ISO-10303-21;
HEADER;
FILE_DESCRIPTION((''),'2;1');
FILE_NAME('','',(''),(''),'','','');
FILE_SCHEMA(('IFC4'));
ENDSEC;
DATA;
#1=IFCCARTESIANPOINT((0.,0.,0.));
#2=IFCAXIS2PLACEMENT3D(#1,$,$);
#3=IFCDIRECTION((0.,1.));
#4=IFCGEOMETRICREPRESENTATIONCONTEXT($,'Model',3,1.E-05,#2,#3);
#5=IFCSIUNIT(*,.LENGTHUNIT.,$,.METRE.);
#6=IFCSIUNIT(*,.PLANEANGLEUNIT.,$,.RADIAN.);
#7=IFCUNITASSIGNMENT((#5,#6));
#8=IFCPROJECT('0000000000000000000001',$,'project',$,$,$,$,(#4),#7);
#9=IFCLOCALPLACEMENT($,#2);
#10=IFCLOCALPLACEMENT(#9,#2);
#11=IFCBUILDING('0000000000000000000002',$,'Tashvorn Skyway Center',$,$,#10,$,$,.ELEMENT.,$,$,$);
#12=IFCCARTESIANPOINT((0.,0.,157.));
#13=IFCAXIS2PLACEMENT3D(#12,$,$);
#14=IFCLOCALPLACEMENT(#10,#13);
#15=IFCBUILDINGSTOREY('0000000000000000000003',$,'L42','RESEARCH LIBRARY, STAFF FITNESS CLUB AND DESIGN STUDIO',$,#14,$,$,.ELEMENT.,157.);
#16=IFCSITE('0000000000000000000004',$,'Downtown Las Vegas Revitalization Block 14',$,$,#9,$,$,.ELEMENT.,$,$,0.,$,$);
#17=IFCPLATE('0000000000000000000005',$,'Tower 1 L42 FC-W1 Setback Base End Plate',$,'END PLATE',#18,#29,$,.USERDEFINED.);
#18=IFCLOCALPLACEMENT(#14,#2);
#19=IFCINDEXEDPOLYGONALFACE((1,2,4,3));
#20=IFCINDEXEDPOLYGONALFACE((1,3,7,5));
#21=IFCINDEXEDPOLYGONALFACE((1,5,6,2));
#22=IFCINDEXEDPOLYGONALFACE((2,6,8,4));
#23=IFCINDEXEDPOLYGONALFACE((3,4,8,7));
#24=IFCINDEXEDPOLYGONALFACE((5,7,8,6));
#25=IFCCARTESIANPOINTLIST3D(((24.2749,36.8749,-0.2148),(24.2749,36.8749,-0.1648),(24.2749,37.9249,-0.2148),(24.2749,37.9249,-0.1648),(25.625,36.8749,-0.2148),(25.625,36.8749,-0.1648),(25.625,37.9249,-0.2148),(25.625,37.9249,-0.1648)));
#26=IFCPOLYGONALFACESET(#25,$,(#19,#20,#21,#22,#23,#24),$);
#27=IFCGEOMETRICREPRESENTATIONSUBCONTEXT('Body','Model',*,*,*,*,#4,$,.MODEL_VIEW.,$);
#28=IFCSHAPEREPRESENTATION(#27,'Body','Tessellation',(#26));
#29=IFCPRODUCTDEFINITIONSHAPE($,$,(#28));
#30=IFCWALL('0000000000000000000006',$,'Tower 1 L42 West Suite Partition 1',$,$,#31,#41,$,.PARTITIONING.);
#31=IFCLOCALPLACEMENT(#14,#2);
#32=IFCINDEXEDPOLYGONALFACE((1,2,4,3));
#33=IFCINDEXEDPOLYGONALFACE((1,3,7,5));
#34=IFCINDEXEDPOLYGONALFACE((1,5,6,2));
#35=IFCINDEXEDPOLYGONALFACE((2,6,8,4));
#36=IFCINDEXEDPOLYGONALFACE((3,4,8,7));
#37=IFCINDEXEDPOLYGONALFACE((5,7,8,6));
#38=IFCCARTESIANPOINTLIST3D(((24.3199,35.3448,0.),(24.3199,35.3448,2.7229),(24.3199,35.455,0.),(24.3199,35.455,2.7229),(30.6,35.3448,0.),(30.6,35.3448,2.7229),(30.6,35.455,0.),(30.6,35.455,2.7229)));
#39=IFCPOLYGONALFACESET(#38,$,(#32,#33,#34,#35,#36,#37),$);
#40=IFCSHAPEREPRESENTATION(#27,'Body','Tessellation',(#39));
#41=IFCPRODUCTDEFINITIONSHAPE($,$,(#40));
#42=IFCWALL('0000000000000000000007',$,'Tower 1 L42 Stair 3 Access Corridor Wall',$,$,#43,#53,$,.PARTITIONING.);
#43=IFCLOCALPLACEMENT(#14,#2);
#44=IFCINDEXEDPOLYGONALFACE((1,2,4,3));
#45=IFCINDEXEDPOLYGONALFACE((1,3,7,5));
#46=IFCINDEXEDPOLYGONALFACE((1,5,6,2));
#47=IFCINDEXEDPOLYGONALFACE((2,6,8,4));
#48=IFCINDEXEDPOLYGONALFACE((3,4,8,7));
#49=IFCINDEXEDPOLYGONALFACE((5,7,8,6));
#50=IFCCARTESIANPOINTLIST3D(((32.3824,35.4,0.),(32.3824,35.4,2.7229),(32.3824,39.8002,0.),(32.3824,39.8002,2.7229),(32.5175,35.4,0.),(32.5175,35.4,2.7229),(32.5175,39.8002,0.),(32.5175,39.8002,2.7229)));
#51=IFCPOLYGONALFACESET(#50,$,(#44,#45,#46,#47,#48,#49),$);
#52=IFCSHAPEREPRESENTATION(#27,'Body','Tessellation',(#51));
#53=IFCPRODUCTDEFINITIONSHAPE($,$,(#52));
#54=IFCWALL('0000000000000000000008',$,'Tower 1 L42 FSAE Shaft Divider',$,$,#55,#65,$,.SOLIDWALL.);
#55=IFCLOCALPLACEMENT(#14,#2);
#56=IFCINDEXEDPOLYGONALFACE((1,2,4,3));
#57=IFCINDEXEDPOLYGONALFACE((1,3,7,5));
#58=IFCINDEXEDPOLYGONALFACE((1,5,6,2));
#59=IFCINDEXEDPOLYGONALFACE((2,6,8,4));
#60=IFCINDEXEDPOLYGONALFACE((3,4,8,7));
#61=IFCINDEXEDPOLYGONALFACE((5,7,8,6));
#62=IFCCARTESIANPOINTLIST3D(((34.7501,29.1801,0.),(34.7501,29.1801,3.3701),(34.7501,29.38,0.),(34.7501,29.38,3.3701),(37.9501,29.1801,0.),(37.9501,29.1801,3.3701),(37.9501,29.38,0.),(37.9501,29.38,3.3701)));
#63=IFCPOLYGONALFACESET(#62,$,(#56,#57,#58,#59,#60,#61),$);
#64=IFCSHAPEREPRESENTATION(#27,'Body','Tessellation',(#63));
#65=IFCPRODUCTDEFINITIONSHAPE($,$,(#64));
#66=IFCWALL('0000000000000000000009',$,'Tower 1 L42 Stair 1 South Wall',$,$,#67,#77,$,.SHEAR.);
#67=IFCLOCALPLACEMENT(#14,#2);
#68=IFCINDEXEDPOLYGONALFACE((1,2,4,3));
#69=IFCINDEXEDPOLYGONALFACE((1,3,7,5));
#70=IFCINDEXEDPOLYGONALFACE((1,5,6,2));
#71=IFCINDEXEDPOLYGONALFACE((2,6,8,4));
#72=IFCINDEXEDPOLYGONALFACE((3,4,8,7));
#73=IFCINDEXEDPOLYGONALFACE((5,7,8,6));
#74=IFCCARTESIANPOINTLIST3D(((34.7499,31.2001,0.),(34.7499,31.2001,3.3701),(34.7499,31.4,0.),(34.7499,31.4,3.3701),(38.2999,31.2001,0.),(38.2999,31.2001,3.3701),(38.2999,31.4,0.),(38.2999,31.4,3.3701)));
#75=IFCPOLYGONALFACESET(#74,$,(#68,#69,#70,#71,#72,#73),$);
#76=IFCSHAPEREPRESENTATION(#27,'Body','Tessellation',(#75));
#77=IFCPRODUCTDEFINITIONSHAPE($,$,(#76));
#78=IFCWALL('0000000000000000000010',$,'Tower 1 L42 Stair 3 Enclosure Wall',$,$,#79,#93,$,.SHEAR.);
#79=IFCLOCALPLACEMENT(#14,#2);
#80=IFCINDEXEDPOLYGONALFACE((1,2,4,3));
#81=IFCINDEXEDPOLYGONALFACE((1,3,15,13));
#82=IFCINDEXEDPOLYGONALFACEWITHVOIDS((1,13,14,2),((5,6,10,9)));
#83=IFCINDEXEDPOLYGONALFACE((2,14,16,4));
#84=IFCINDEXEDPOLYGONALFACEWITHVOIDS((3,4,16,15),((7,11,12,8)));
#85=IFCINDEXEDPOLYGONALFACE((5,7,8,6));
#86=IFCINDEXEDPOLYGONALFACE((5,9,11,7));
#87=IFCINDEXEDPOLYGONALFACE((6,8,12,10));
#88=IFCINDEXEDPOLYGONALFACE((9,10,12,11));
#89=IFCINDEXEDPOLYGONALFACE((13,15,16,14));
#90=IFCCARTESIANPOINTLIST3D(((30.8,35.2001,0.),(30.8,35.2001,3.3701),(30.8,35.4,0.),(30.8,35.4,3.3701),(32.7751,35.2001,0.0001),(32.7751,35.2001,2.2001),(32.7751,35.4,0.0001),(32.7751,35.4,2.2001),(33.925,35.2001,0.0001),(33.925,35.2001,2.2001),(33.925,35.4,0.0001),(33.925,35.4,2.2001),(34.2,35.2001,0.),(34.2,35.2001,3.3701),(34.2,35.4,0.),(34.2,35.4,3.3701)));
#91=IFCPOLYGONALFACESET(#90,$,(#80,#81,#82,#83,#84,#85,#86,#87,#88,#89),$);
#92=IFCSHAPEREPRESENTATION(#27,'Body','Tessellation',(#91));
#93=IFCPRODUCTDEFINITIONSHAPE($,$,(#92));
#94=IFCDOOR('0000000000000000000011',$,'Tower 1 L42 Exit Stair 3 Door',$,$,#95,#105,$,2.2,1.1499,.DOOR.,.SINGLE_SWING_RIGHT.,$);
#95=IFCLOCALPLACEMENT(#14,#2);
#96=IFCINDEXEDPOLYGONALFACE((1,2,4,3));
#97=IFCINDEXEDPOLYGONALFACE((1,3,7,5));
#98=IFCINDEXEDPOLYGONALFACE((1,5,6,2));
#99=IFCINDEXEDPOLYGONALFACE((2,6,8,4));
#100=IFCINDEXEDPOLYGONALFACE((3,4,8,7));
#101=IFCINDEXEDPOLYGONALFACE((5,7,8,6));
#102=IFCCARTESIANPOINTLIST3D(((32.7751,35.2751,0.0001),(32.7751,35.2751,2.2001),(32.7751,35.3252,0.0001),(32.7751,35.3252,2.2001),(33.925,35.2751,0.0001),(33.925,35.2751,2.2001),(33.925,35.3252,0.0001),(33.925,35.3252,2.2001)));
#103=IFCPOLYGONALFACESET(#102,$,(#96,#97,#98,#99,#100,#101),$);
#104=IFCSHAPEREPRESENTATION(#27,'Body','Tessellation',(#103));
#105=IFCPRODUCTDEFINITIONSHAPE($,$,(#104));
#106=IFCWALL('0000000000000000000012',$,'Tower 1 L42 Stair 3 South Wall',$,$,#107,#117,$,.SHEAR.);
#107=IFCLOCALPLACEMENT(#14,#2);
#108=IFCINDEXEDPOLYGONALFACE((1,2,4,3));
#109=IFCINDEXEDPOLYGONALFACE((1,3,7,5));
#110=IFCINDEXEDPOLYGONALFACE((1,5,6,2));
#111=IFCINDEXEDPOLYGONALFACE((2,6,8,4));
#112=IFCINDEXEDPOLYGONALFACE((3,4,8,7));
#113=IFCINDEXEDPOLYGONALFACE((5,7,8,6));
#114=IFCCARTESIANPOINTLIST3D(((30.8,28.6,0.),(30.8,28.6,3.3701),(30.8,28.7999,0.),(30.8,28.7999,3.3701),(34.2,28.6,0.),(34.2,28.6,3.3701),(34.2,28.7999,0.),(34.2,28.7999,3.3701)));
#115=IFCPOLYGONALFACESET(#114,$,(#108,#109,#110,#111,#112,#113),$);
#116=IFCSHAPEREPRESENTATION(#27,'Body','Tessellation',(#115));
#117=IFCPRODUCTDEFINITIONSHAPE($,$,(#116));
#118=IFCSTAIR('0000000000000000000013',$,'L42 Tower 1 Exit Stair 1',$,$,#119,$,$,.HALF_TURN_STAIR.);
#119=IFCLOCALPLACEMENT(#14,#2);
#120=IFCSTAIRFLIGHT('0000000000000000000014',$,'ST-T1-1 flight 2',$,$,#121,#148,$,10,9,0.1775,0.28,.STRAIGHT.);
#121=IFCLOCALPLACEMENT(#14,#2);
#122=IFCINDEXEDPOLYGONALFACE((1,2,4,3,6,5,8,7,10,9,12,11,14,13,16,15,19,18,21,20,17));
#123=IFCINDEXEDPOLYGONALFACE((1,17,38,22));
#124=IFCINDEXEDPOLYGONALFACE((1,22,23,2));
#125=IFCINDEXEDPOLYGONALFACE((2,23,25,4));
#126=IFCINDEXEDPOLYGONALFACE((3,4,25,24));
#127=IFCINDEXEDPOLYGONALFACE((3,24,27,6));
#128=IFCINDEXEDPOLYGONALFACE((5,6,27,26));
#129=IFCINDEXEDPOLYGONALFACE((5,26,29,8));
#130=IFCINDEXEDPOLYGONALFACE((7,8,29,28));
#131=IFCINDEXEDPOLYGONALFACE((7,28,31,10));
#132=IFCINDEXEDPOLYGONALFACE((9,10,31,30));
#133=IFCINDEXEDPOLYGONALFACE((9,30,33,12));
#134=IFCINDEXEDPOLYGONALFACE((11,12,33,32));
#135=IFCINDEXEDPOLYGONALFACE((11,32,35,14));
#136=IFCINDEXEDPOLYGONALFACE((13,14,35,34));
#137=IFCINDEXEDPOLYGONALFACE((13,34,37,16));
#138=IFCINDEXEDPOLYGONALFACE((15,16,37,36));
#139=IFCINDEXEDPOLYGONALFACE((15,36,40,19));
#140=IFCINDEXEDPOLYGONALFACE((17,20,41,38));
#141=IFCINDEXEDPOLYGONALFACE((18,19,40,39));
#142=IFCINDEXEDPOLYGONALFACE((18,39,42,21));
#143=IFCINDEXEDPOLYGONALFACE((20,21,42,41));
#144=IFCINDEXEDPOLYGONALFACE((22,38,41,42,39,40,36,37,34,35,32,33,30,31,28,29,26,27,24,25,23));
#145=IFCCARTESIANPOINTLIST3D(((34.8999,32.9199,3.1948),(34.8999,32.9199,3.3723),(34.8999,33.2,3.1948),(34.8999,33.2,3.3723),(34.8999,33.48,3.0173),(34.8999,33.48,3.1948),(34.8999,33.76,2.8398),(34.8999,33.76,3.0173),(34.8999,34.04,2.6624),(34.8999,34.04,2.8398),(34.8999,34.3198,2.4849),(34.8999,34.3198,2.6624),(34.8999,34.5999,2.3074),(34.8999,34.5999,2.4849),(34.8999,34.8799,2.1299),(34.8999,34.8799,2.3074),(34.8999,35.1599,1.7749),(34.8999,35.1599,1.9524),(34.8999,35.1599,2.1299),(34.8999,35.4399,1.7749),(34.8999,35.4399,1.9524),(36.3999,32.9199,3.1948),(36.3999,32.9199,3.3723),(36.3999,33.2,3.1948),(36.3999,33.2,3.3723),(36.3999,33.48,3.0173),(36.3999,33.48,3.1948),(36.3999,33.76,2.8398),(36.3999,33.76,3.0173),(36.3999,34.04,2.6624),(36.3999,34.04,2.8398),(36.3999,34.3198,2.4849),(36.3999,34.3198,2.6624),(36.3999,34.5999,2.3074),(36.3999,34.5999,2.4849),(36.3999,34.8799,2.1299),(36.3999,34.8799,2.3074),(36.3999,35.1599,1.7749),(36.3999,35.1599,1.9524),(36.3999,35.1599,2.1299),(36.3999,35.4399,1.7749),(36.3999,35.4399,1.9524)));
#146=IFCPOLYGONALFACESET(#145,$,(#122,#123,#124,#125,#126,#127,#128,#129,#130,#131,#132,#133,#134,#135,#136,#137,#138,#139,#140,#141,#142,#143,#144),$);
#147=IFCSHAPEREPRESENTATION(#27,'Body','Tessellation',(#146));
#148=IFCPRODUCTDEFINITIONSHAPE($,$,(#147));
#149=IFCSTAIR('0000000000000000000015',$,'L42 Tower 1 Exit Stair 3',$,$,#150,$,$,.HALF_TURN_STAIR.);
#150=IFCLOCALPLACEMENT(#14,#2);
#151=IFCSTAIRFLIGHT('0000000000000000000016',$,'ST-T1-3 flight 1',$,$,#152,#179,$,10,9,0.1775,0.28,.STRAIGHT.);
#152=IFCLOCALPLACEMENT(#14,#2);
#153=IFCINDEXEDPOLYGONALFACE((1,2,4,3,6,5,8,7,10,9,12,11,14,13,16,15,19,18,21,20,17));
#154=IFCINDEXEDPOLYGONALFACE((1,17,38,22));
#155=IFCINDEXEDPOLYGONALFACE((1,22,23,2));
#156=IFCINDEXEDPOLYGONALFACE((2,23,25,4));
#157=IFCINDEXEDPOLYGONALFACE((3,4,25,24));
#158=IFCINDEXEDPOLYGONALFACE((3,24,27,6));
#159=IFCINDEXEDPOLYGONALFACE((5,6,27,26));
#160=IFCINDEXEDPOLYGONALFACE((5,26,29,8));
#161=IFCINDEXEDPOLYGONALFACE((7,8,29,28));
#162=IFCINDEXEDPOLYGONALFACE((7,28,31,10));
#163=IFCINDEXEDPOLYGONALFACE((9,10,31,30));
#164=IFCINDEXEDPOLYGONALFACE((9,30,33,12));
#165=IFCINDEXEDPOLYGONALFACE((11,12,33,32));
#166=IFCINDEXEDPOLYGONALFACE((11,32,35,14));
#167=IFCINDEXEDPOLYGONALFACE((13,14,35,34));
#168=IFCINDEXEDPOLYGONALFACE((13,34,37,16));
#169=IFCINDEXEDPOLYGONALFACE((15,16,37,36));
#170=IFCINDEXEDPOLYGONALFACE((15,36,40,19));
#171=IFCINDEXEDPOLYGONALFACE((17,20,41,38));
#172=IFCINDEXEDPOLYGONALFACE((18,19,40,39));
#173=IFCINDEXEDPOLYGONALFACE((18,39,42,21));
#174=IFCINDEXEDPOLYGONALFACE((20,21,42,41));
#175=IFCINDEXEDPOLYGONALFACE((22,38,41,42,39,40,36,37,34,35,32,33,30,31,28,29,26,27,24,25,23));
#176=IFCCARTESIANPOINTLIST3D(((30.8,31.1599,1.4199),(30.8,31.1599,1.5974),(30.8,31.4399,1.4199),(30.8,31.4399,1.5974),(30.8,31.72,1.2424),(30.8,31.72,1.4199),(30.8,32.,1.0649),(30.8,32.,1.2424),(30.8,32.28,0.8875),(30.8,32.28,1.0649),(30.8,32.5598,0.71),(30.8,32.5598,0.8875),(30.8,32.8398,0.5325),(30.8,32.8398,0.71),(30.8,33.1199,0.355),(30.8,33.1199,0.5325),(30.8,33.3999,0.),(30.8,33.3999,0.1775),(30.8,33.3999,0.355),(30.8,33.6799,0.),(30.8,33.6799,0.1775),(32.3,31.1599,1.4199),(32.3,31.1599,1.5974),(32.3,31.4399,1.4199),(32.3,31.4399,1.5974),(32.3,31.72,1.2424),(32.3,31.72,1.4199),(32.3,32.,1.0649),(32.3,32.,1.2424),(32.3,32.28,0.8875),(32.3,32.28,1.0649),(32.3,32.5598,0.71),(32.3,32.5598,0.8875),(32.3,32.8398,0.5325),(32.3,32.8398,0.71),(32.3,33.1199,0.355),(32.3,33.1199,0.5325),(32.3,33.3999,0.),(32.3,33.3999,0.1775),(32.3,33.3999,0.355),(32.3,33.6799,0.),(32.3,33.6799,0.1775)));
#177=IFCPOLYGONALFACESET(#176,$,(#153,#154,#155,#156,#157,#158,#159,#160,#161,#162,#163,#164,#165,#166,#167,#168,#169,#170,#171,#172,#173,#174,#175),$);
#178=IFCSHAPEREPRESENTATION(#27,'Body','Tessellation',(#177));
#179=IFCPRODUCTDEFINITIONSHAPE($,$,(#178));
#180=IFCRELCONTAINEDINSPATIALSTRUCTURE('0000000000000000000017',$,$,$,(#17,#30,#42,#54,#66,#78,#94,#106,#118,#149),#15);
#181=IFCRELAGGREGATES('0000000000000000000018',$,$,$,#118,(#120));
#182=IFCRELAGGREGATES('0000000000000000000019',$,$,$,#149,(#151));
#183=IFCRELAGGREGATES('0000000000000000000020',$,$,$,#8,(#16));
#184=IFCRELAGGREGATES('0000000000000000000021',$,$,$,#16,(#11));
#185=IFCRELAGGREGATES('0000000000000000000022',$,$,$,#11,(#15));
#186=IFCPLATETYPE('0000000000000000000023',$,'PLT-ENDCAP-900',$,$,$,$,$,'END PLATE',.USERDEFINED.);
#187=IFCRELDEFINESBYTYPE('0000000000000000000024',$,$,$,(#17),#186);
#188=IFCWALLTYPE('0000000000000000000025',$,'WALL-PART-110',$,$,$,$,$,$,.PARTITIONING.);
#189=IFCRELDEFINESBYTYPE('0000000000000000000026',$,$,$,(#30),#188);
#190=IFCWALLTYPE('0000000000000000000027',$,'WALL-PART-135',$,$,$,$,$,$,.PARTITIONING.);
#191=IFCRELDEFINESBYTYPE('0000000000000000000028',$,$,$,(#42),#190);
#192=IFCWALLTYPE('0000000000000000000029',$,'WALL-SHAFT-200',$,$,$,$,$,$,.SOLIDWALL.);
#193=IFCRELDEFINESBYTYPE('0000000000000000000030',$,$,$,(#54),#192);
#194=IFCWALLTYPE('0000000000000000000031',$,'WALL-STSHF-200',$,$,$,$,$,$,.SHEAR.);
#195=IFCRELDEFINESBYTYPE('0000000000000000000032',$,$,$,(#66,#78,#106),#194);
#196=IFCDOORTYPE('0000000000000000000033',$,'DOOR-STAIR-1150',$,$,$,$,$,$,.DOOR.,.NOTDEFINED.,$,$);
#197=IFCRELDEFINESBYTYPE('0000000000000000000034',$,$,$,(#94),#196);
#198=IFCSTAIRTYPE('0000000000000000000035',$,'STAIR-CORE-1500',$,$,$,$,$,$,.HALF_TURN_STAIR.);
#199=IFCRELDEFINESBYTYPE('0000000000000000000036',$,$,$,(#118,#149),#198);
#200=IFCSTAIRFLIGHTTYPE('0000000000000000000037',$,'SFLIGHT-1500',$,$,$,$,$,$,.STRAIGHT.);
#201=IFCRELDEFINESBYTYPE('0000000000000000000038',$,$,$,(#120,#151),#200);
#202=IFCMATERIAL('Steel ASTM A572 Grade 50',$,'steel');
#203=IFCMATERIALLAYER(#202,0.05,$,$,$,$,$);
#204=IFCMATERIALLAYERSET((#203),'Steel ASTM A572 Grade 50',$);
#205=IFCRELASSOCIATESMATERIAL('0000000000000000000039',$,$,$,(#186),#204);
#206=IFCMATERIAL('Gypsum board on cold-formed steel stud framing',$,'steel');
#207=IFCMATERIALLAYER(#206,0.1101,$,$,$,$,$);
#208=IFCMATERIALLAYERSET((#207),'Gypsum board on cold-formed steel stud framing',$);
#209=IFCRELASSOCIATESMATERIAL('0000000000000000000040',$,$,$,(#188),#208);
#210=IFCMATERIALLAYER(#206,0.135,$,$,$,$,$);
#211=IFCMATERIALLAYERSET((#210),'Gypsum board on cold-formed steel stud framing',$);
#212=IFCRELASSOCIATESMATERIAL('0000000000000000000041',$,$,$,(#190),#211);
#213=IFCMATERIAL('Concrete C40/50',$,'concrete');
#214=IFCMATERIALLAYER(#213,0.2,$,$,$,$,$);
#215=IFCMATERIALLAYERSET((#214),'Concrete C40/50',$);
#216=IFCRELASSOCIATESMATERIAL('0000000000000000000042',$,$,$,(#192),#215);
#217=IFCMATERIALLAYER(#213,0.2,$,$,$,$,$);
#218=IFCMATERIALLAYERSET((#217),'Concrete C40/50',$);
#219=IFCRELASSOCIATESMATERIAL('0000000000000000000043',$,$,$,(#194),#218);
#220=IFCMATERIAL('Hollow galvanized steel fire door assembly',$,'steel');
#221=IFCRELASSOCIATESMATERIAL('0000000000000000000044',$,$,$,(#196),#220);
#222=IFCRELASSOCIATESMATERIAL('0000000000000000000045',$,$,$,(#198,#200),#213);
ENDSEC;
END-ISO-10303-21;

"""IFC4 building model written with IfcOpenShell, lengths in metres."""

from ifc_helpers import new_model, si_unit, direction, frame, frame_2d, origin, origin_2d, place, context, subcontext, project, spatial, polyline, rectangle, outline, extrude, material, layer, layer_set, type_object, element, fill, aggregate, save


model = new_model("IFC4")

# Units and contexts
model_context = context("Model", 3, precision=1e-05, world=origin(), true_north=direction((0.0, 1.0)))
body_context = subcontext(model_context, "Body", "Model", "MODEL_VIEW")
ifc_project = project(units=[si_unit("LENGTHUNIT", "METRE"), si_unit("PLANEANGLEUNIT", "RADIAN")], contexts=[model_context])

# Site, building, storey
site_placement = place(None, origin())
site = spatial("IfcSite", under=ifc_project, at=site_placement, Name="Downtown Las Vegas Revitalization Block 14", CompositionType="ELEMENT", RefElevation=0.0)
building_placement = place(site_placement, origin())
building = spatial("IfcBuilding", under=site, at=building_placement, Name="Tashvorn Skyway Center", CompositionType="ELEMENT")
storey_placement = place(building_placement, frame((0.0, 0.0, 157.0)))
storey = spatial("IfcBuildingStorey", under=building, at=storey_placement, Name="L42", Description="RESEARCH LIBRARY, STAFF FITNESS CLUB AND DESIGN STUDIO", CompositionType="ELEMENT", Elevation=157.0)

# Shared definitions
ifc_material_1 = material(Name="Steel ASTM A572 Grade 50", Category="steel")

# Plate
ifc_layer_1 = layer(ifc_material_1, 0.05)
ifc_layer_set_1 = layer_set([ifc_layer_1], Name="Steel ASTM A572 Grade 50")
plate_type_1 = type_object("IfcPlateType", Name="PLT-ENDCAP-900", ElementType="END PLATE", PredefinedType="USERDEFINED", material=ifc_layer_set_1)
plate_1_placement = place(storey_placement, frame((24.95, 37.3999, -0.2148), z_axis=(0.0, 0.0, 1.0), x_axis=(1.0, 0.0, 0.0)))
element("IfcPlate", 1, at=plate_1_placement, inside=storey, type_object=plate_type_1, Name="Tower 1 L42 FC-W1 Setback Base End Plate", ObjectType="END PLATE", PredefinedType="USERDEFINED", context=body_context, shape_type="SweptSolid", body=[
    extrude(rectangle(XDim=1.3501, YDim=1.05, at=origin_2d()), origin(), (0.0, 0.0, 1.0), 0.05),
])

# Walls
ifc_material_2 = material(Name="Gypsum board on cold-formed steel stud framing", Category="steel")
ifc_layer_2 = layer(ifc_material_2, 0.1101)
ifc_layer_set_2 = layer_set([ifc_layer_2], Name="Gypsum board on cold-formed steel stud framing")
wall_type_1 = type_object("IfcWallType", Name="WALL-PART-110", PredefinedType="PARTITIONING", material=ifc_layer_set_2)
wall_1_placement = place(storey_placement, frame((30.6001, 35.3999, 0.0), z_axis=(0.0, 0.0, 1.0), x_axis=(-1.0, 0.0, 0.0)))
element("IfcWall", 2, at=wall_1_placement, inside=storey, type_object=wall_type_1, Name="Tower 1 L42 West Suite Partition 1", PredefinedType="PARTITIONING", context=body_context, shape_type="SweptSolid", body=[
    extrude(rectangle(XDim=6.28, YDim=0.1101, at=frame_2d((3.1401, 0.0))), origin(), (0.0, 0.0, 1.0), 2.7229),
])
ifc_layer_3 = layer(ifc_material_2, 0.135)
ifc_layer_set_3 = layer_set([ifc_layer_3], Name="Gypsum board on cold-formed steel stud framing")
wall_type_2 = type_object("IfcWallType", Name="WALL-PART-135", PredefinedType="PARTITIONING", material=ifc_layer_set_3)
wall_2_placement = place(storey_placement, frame((32.45, 35.3999, 0.0), z_axis=(0.0, 0.0, 1.0), x_axis=(0.0, 1.0, 0.0)))
element("IfcWall", 3, at=wall_2_placement, inside=storey, type_object=wall_type_2, Name="Tower 1 L42 Stair 3 Access Corridor Wall", PredefinedType="PARTITIONING", context=body_context, shape_type="SweptSolid", body=[
    extrude(rectangle(XDim=4.4001, YDim=0.135, at=frame_2d((2.2002, 0.0))), origin(), (0.0, 0.0, 1.0), 2.7229),
])
ifc_material_3 = material(Name="Concrete C40/50", Category="concrete")
ifc_layer_4 = layer(ifc_material_3, 0.2)
ifc_layer_set_4 = layer_set([ifc_layer_4], Name="Concrete C40/50")
wall_type_3 = type_object("IfcWallType", Name="WALL-SHAFT-200", PredefinedType="SOLIDWALL", material=ifc_layer_set_4)
wall_3_placement = place(storey_placement, frame((34.75, 29.28, 0.0), z_axis=(0.0, 0.0, 1.0), x_axis=(1.0, 0.0, 0.0)))
element("IfcWall", 4, at=wall_3_placement, inside=storey, type_object=wall_type_3, Name="Tower 1 L42 FSAE Shaft Divider", PredefinedType="SOLIDWALL", context=body_context, shape_type="SweptSolid", body=[
    extrude(rectangle(XDim=3.2, YDim=0.2, at=frame_2d((1.6001, 0.0))), origin(), (0.0, 0.0, 1.0), 3.3701),
])
ifc_layer_5 = layer(ifc_material_3, 0.2)
ifc_layer_set_5 = layer_set([ifc_layer_5], Name="Concrete C40/50")
wall_type_4 = type_object("IfcWallType", Name="WALL-STSHF-200", PredefinedType="SHEAR", material=ifc_layer_set_5)
wall_4_placement = place(storey_placement, frame((34.75, 31.3, 0.0), z_axis=(0.0, 0.0, 1.0), x_axis=(1.0, 0.0, 0.0)))
element("IfcWall", 5, at=wall_4_placement, inside=storey, type_object=wall_type_4, Name="Tower 1 L42 Stair 1 South Wall", PredefinedType="SHEAR", context=body_context, shape_type="SweptSolid", body=[
    extrude(rectangle(XDim=3.55, YDim=0.2, at=frame_2d((1.7749, 0.0))), origin(), (0.0, 0.0, 1.0), 3.3701),
])

# Wall, opening, door
wall_5_placement = place(storey_placement, frame((34.2, 35.3, 0.0), z_axis=(0.0, 0.0, 1.0), x_axis=(-1.0, 0.0, 0.0)))
wall_5 = element("IfcWall", 6, at=wall_5_placement, inside=storey, type_object=wall_type_4, Name="Tower 1 L42 Stair 3 Enclosure Wall", PredefinedType="SHEAR", context=body_context, shape_type="SweptSolid", body=[
    extrude(rectangle(XDim=3.3999, YDim=0.2, at=frame_2d((1.7, 0.0))), origin(), (0.0, 0.0, 1.0), 3.3701),
])
opening_placement = place(wall_5_placement, frame((0.2749, 0.0, 0.0)))
opening = element("IfcOpeningElement", 7, at=opening_placement, cuts=wall_5, PredefinedType="OPENING", context=body_context, shape_type="SweptSolid", body=[
    extrude(rectangle(XDim=1.1499, YDim=2.2, at=frame_2d((0.575, 1.1001))), frame((0.0, 0.1099, 0.0), z_axis=(0.0, -1.0, 0.0), x_axis=(1.0, 0.0, 0.0)), (0.0, 0.0, 1.0), 0.22),
])
ifc_material_4 = material(Name="Hollow galvanized steel fire door assembly", Category="steel")
door_type = type_object("IfcDoorType", Name="DOOR-STAIR-1150", OperationType="NOTDEFINED", PredefinedType="DOOR", material=ifc_material_4)
door_placement = place(opening_placement, origin())
door = element("IfcDoor", 8, at=door_placement, inside=storey, type_object=door_type, Name="Tower 1 L42 Exit Stair 3 Door", OperationType="SINGLE_SWING_RIGHT", OverallHeight=2.2, OverallWidth=1.1499, PredefinedType="DOOR", context=body_context, shape_type="SweptSolid", body=[
    extrude(rectangle(XDim=1.1499, YDim=2.2, at=frame_2d((0.575, 1.1001))), frame((0.0, 0.0249, 0.0), z_axis=(0.0, -1.0, 0.0), x_axis=(1.0, 0.0, 0.0)), (0.0, 0.0, 1.0), 0.05),
])
fill(opening, door)

# Wall
wall_6_placement = place(storey_placement, frame((30.8, 28.7, 0.0), z_axis=(0.0, 0.0, 1.0), x_axis=(1.0, 0.0, 0.0)))
element("IfcWall", 9, at=wall_6_placement, inside=storey, type_object=wall_type_4, Name="Tower 1 L42 Stair 3 South Wall", PredefinedType="SHEAR", context=body_context, shape_type="SweptSolid", body=[
    extrude(rectangle(XDim=3.3999, YDim=0.2, at=frame_2d((1.7, 0.0))), origin(), (0.0, 0.0, 1.0), 3.3701),
])

# Stair, stair flight
stair_type = type_object("IfcStairType", Name="STAIR-CORE-1500", PredefinedType="HALF_TURN_STAIR", material=ifc_material_3)
stair_1_placement = place(storey_placement, origin())
stair_1 = element("IfcStair", 10, at=stair_1_placement, inside=storey, type_object=stair_type, Name="L42 Tower 1 Exit Stair 1", PredefinedType="HALF_TURN_STAIR")
stair_flight_type = type_object("IfcStairFlightType", Name="SFLIGHT-1500", PredefinedType="STRAIGHT", material=ifc_material_3)
stair_flight_1_placement = place(storey_placement, frame((35.6499, 35.4399, 1.7749), z_axis=(0.0, 0.0, 1.0), x_axis=(0.0, -1.0, 0.0)))
stair_flight_1 = element("IfcStairFlight", 11, at=stair_flight_1_placement, type_object=stair_flight_type, Name="ST-T1-1 flight 2", NumberOfRisers=10, NumberOfTreads=9, PredefinedType="STRAIGHT", RiserHeight=0.1775, TreadLength=0.28, context=body_context, shape_type="SweptSolid", body=[
    extrude(outline(polyline([(0.0, 0.0), (0.0, 0.1775), (0.28, 0.1775), (0.28, 0.355), (0.5601, 0.355), (0.5601, 0.5325), (0.8401, 0.5325), (0.8401, 0.71), (1.1201, 0.71), (1.1201, 0.8875), (1.3999, 0.8875), (1.3999, 1.0649), (1.6799, 1.0649), (1.6799, 1.2424), (1.96, 1.2424), (1.96, 1.4199), (2.24, 1.4199), (2.24, 1.5974), (2.52, 1.5974), (2.52, 1.7749), (2.52, 1.4199), (0.28, 0.0), (0.0, 0.0)])), frame((0.0, 0.75, 0.0), z_axis=(0.0, -1.0, 0.0), x_axis=(1.0, 0.0, 0.0)), (0.0, 0.0, 1.0), 1.5),
])
aggregate(stair_1, [stair_flight_1])

# Stair, stair flight
stair_2_placement = place(storey_placement, origin())
stair_2 = element("IfcStair", 12, at=stair_2_placement, inside=storey, type_object=stair_type, Name="L42 Tower 1 Exit Stair 3", PredefinedType="HALF_TURN_STAIR")
stair_flight_2_placement = place(storey_placement, frame((31.55, 33.6799, 0.0), z_axis=(0.0, 0.0, 1.0), x_axis=(0.0, -1.0, 0.0)))
stair_flight_2 = element("IfcStairFlight", 13, at=stair_flight_2_placement, type_object=stair_flight_type, Name="ST-T1-3 flight 1", NumberOfRisers=10, NumberOfTreads=9, PredefinedType="STRAIGHT", RiserHeight=0.1775, TreadLength=0.28, context=body_context, shape_type="SweptSolid", body=[
    extrude(outline(polyline([(0.0, 0.0), (0.0, 0.1775), (0.28, 0.1775), (0.28, 0.355), (0.5601, 0.355), (0.5601, 0.5325), (0.8401, 0.5325), (0.8401, 0.71), (1.1201, 0.71), (1.1201, 0.8875), (1.3999, 0.8875), (1.3999, 1.0649), (1.6799, 1.0649), (1.6799, 1.2424), (1.96, 1.2424), (1.96, 1.4199), (2.24, 1.4199), (2.24, 1.5974), (2.52, 1.5974), (2.52, 1.7749), (2.52, 1.4199), (0.28, 0.0), (0.0, 0.0)])), frame((0.0, 0.75, 0.0), z_axis=(0.0, -1.0, 0.0), x_axis=(1.0, 0.0, 0.0)), (0.0, 0.0, 1.0), 1.5),
])
aggregate(stair_2, [stair_flight_2])

save(model, "model.ifc")
